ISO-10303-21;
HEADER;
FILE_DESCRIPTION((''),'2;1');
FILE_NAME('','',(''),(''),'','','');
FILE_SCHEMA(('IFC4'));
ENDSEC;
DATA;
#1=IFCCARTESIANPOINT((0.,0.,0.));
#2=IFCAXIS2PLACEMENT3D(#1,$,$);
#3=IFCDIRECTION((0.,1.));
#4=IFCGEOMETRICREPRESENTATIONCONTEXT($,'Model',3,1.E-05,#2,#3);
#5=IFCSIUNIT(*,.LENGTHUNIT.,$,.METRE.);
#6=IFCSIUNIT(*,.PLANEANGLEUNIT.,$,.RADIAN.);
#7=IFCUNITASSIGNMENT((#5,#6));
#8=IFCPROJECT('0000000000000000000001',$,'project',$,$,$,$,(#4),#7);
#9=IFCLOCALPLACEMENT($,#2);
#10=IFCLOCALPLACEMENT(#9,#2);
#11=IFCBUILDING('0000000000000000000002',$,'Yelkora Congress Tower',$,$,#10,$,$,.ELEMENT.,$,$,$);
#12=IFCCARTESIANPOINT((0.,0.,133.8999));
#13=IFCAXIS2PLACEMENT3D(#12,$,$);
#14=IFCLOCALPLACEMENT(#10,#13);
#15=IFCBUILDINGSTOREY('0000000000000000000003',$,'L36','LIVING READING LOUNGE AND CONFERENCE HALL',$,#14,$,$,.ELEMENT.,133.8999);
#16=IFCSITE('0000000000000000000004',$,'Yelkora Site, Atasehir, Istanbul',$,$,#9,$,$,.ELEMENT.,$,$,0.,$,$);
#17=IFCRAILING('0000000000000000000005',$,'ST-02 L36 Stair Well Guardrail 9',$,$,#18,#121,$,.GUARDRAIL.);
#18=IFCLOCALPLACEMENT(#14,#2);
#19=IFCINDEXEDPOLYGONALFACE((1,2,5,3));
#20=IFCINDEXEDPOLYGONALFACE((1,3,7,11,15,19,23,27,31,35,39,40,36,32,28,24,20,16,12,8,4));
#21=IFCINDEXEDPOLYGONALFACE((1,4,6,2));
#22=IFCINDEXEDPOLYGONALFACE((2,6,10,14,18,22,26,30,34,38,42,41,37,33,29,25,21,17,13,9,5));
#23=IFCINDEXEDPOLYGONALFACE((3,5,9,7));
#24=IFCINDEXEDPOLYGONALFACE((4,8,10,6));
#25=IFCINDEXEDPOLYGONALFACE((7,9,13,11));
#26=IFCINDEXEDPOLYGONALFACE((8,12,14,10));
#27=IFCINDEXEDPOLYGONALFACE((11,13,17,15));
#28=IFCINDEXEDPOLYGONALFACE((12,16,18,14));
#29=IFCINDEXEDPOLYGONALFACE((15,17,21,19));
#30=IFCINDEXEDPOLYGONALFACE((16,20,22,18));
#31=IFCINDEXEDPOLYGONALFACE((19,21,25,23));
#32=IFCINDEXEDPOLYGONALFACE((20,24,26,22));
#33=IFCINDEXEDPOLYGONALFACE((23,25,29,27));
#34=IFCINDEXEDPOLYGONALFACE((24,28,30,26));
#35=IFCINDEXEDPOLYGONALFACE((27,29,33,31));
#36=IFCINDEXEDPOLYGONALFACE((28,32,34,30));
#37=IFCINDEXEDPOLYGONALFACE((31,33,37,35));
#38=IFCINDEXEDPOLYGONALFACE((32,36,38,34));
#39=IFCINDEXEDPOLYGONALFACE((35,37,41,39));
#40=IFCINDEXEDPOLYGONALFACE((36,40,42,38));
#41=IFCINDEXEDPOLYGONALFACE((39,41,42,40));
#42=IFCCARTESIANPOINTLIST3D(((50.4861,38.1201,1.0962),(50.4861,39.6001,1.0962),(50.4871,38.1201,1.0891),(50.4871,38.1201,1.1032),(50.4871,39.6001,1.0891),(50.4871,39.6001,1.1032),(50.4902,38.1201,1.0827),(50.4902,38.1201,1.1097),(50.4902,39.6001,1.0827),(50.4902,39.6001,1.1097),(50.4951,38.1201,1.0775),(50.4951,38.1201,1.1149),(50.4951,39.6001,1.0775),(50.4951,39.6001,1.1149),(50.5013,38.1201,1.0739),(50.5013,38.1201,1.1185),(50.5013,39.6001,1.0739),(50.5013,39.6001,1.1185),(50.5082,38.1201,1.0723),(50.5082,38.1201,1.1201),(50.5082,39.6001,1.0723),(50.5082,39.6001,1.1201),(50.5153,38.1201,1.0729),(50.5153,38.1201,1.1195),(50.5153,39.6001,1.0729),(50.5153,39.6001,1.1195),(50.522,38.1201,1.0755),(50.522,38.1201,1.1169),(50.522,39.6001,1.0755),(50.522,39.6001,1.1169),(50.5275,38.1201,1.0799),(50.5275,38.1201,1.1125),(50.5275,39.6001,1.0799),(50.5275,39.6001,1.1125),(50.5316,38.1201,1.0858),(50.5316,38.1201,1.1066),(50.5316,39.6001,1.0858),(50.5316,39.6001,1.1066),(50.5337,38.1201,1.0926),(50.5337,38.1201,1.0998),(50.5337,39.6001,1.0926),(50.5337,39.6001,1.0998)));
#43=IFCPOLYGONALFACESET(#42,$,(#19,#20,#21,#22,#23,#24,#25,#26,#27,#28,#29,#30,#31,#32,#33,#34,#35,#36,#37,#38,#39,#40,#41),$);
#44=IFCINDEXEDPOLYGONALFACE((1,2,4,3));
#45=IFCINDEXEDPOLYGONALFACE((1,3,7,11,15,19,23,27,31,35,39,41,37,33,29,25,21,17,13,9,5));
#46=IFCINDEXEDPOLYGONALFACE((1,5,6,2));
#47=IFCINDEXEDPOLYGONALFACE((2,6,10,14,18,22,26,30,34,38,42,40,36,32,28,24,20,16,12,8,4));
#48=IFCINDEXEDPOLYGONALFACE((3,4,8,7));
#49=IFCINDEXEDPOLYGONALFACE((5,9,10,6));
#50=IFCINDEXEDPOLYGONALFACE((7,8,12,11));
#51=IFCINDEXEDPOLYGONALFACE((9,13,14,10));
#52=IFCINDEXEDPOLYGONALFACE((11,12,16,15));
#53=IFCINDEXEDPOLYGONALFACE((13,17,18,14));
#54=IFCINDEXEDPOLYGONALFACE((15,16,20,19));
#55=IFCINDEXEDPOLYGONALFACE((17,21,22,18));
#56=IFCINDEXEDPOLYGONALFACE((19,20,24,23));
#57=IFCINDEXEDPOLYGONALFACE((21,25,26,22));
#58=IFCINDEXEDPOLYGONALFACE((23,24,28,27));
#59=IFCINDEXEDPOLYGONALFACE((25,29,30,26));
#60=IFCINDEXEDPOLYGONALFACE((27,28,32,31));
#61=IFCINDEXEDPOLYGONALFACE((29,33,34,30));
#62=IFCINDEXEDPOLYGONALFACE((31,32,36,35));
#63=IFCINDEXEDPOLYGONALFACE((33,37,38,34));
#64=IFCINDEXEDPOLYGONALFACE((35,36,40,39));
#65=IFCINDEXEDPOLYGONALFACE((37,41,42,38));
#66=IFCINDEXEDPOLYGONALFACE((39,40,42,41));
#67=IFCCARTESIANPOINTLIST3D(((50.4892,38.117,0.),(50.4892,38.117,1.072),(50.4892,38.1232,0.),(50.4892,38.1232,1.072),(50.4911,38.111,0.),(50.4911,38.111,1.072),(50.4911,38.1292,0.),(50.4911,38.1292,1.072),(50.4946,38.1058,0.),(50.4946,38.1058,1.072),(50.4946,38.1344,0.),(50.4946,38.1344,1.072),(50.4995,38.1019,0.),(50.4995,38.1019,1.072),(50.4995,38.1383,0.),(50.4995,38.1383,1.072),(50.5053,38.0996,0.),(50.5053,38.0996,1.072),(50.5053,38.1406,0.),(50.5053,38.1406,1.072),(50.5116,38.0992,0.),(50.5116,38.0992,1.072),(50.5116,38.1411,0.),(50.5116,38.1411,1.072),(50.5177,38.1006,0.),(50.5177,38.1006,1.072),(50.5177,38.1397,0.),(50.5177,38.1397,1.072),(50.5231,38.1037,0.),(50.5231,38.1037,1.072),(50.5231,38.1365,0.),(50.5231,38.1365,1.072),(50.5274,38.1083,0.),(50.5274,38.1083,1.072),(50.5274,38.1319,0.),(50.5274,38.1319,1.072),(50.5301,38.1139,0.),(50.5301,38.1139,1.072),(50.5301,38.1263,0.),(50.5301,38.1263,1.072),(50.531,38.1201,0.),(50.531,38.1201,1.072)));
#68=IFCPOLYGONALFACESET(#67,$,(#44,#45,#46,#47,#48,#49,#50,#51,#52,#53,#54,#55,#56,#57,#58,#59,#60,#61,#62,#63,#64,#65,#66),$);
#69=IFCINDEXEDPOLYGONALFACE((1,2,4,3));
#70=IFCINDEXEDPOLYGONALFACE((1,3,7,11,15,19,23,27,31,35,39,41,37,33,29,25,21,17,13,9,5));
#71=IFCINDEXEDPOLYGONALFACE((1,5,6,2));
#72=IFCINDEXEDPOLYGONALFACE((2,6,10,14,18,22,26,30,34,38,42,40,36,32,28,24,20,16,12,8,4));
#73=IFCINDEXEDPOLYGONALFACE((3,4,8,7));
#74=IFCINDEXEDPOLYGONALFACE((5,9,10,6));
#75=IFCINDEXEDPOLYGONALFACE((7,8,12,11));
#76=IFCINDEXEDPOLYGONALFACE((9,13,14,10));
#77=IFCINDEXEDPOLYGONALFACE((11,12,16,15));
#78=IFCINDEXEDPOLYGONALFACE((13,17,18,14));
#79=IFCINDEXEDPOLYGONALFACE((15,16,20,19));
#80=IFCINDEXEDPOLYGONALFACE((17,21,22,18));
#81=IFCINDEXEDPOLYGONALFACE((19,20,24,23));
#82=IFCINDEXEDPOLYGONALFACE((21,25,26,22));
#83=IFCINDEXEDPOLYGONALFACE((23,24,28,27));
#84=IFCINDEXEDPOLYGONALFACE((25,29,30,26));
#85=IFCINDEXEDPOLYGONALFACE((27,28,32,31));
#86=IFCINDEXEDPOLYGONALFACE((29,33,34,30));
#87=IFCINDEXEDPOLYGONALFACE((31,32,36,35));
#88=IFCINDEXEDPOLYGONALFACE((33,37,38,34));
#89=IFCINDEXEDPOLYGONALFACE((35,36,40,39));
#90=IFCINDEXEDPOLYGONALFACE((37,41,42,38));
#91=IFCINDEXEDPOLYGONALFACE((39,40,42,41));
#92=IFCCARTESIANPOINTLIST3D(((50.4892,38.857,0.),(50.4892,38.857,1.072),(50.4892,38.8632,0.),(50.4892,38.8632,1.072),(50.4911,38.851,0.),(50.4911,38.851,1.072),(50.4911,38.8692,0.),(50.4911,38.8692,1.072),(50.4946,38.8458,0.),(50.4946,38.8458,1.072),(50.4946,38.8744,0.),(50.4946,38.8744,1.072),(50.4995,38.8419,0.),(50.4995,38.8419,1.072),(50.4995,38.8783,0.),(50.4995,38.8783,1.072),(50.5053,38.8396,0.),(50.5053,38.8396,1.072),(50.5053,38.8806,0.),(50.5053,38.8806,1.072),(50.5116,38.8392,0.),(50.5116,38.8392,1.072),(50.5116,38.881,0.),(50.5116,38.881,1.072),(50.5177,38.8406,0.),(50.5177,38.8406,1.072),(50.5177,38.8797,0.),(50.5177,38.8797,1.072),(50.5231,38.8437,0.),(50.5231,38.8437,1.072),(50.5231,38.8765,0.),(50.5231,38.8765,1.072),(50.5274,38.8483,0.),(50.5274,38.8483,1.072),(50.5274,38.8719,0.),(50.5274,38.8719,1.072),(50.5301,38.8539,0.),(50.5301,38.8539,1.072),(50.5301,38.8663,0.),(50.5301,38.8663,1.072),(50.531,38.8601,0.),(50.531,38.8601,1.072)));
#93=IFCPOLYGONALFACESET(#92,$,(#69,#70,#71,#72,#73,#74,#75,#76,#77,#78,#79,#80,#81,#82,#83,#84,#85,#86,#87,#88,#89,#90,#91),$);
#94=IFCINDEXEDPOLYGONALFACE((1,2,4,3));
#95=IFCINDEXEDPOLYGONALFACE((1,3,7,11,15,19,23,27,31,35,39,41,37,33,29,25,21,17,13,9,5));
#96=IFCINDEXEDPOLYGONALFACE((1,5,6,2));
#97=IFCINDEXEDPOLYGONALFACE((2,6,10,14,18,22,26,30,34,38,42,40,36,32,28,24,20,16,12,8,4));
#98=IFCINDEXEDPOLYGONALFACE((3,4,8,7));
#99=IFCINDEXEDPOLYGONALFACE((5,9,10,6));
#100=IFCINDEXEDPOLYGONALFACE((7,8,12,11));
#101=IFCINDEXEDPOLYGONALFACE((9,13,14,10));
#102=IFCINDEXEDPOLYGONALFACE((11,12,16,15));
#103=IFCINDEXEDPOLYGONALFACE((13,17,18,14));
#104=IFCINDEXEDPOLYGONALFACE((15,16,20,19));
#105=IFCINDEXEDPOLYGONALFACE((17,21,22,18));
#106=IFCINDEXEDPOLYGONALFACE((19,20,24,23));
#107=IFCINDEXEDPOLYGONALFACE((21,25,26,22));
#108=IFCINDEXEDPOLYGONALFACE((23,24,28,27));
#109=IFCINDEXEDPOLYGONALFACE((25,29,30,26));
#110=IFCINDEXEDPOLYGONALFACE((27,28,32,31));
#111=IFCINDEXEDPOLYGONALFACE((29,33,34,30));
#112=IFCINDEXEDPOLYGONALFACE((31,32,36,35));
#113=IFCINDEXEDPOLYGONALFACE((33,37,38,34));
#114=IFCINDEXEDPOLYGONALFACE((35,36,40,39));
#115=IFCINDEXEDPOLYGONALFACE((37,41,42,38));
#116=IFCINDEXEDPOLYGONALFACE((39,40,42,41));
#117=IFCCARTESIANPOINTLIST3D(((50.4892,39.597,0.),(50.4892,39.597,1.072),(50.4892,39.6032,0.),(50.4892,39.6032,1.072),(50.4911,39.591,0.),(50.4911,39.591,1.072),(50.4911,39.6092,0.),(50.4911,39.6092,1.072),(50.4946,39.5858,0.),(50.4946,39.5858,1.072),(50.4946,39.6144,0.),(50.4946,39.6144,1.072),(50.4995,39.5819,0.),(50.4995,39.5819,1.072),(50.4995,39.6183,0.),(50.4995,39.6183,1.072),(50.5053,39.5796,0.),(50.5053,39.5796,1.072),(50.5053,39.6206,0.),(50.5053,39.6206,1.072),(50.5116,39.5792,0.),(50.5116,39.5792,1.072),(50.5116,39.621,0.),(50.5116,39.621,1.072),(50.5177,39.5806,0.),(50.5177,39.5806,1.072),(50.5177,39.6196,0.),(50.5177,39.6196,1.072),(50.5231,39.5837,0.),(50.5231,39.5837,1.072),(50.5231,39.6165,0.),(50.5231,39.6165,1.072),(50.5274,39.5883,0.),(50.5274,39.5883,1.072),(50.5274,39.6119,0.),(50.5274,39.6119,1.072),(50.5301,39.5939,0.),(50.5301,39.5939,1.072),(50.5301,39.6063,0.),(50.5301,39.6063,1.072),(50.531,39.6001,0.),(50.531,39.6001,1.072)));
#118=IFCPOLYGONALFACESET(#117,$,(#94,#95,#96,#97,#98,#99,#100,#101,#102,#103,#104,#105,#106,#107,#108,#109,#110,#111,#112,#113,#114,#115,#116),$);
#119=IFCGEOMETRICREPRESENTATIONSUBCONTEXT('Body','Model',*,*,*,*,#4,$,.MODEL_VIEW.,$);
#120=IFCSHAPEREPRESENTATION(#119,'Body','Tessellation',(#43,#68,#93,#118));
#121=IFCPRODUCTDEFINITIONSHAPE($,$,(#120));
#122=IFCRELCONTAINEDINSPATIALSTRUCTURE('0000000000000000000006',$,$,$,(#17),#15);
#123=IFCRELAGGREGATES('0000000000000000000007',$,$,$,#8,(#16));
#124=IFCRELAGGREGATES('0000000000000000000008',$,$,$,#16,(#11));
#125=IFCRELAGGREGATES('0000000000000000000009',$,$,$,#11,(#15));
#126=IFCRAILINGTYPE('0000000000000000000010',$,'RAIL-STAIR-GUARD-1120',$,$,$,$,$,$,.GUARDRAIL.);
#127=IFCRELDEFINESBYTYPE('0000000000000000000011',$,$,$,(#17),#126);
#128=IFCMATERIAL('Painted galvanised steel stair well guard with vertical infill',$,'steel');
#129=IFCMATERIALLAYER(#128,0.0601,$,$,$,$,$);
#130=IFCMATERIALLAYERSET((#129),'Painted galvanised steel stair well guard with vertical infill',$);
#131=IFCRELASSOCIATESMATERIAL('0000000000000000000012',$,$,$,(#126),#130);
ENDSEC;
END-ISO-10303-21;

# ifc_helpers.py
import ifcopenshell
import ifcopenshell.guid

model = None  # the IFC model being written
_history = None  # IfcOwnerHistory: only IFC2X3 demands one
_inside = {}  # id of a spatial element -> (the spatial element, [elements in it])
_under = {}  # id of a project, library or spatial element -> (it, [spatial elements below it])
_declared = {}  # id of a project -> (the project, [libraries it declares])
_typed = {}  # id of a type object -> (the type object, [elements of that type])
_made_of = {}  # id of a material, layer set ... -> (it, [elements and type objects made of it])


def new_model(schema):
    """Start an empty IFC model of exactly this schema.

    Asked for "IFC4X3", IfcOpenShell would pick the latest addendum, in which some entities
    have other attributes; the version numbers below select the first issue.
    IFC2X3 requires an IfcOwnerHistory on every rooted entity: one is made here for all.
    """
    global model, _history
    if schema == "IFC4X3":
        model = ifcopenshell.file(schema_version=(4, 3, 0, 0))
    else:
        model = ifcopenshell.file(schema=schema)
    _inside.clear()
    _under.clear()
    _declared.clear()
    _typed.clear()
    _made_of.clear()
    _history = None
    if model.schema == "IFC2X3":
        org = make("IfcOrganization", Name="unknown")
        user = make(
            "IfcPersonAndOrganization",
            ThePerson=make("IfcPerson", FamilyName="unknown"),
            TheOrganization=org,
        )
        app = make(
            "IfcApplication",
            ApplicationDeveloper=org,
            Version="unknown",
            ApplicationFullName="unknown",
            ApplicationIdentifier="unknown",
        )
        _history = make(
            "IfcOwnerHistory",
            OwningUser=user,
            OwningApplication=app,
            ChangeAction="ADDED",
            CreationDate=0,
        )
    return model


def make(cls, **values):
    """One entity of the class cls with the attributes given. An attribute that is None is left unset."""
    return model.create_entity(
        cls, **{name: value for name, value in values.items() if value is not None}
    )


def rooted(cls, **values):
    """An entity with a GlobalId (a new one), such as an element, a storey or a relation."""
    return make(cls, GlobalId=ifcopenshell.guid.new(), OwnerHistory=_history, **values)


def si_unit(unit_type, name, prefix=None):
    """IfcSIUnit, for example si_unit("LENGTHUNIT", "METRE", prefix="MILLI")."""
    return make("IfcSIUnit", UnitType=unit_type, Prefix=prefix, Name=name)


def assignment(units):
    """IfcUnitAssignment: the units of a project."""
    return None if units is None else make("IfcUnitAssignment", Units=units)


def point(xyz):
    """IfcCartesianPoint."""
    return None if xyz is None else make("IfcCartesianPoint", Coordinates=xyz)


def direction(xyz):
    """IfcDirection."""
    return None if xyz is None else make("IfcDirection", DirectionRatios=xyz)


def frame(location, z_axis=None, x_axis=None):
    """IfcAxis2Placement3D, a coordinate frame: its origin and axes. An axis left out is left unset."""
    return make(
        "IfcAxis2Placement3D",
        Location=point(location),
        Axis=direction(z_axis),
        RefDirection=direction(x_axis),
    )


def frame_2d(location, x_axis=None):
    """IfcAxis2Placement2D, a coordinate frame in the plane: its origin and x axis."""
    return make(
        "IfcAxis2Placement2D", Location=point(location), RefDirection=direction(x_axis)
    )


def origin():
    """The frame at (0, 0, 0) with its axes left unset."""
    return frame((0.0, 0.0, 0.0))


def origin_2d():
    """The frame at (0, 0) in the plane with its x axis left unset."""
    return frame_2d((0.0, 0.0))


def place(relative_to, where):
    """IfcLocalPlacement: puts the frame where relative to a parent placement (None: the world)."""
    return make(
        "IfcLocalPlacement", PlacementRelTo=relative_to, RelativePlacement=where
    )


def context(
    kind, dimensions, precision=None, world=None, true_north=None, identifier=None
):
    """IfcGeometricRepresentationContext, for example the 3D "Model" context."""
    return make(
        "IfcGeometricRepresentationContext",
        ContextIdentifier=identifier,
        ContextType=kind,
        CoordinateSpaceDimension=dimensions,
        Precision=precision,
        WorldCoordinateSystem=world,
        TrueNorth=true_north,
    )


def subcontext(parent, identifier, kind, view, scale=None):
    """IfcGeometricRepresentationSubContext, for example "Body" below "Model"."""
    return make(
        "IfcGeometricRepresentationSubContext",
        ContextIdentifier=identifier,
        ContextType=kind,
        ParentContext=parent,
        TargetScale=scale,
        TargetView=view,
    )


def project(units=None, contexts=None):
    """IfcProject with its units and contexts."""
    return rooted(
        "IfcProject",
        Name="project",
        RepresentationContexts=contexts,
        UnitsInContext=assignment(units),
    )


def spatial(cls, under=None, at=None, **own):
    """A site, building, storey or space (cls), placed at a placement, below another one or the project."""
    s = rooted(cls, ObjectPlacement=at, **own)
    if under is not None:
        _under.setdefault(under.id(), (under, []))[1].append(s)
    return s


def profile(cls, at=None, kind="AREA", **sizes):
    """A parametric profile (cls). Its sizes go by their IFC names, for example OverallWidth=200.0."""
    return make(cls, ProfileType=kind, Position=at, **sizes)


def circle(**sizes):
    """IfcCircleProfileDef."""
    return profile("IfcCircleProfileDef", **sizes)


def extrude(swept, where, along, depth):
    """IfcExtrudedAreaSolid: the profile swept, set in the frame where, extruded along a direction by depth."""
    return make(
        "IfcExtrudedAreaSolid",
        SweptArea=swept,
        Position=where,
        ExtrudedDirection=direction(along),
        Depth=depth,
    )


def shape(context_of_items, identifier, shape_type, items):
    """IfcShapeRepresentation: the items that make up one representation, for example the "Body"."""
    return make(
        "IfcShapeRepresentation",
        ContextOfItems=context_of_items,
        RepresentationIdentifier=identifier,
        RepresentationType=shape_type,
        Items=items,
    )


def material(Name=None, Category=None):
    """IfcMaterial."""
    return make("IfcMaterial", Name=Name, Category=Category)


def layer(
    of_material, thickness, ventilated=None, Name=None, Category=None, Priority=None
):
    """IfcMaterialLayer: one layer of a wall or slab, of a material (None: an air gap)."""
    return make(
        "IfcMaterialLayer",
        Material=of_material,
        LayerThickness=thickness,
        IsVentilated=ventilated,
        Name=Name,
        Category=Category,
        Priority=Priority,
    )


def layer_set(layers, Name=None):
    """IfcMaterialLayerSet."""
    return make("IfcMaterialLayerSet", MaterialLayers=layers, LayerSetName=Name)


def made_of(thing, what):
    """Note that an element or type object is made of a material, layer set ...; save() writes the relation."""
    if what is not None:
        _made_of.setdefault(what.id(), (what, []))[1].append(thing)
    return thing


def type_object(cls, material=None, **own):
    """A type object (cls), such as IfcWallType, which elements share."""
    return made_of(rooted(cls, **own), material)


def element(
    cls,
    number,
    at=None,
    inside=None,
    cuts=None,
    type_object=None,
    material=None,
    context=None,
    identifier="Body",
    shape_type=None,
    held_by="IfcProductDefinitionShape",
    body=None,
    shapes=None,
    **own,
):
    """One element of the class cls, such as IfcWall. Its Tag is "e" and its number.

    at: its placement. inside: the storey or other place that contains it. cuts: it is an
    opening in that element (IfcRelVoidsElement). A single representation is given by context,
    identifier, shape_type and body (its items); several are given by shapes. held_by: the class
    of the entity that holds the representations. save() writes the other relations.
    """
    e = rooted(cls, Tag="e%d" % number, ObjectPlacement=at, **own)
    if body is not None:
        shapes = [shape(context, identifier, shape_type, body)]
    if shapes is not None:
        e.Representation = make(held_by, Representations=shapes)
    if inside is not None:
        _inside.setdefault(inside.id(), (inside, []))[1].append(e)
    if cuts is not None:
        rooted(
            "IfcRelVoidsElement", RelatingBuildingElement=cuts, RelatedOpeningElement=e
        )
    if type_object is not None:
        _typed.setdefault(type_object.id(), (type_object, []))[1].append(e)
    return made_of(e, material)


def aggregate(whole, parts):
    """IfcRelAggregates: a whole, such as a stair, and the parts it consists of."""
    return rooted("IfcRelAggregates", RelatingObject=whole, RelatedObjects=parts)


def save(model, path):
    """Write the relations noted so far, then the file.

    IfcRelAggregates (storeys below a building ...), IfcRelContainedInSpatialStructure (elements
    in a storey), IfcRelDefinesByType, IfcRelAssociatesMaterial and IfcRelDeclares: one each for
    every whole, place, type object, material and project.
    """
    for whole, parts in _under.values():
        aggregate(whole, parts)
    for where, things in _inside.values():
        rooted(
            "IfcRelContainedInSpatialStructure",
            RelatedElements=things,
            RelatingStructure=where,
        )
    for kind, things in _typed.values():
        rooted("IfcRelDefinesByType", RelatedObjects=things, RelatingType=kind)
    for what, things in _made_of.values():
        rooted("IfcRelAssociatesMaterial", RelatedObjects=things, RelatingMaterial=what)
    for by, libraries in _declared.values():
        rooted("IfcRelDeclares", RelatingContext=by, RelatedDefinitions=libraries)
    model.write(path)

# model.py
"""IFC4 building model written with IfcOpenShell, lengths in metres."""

from ifc_helpers import new_model, si_unit, direction, frame, origin, origin_2d, place, context, subcontext, project, spatial, circle, extrude, material, layer, layer_set, type_object, element, save


model = new_model("IFC4")

# Units and contexts
model_context = context("Model", 3, precision=1e-05, world=origin(), true_north=direction((0.0, 1.0)))
body_context = subcontext(model_context, "Body", "Model", "MODEL_VIEW")
ifc_project = project(units=[si_unit("LENGTHUNIT", "METRE"), si_unit("PLANEANGLEUNIT", "RADIAN")], contexts=[model_context])

# Site, building, storey
site_placement = place(None, origin())
site = spatial("IfcSite", under=ifc_project, at=site_placement, Name="Yelkora Site, Atasehir, Istanbul", CompositionType="ELEMENT", RefElevation=0.0)
building_placement = place(site_placement, origin())
building = spatial("IfcBuilding", under=site, at=building_placement, Name="Yelkora Congress Tower", CompositionType="ELEMENT")
storey_placement = place(building_placement, frame((0.0, 0.0, 133.8999)))
storey = spatial("IfcBuildingStorey", under=building, at=storey_placement, Name="L36", Description="LIVING READING LOUNGE AND CONFERENCE HALL", CompositionType="ELEMENT", Elevation=133.8999)

# Railing
ifc_material_1 = material(Name="Painted galvanised steel stair well guard with vertical infill", Category="steel")
ifc_layer_1 = layer(ifc_material_1, 0.0601)
ifc_layer_set_1 = layer_set([ifc_layer_1], Name="Painted galvanised steel stair well guard with vertical infill")
railing_type_1 = type_object("IfcRailingType", Name="RAIL-STAIR-GUARD-1120", PredefinedType="GUARDRAIL", material=ifc_layer_set_1)
for number, where, name in (
    (1, (50.51, 38.1201, 0.0), "ST-02 L36 Stair Well Guardrail 9"),
):
    element("IfcRailing", number, at=place(storey_placement, frame(where)), inside=storey, type_object=railing_type_1, Name=name, PredefinedType="GUARDRAIL", context=body_context, shape_type="SweptSolid", body=[
        extrude(circle(Radius=0.0239, at=origin_2d()), frame((0.0, 0.0, 1.0962), z_axis=(0.0, 1.0, 0.0), x_axis=(-1.0, 0.0, 0.0)), (0.0, 0.0, 1.0), 1.48),
        extrude(circle(Radius=0.021, at=origin_2d()), origin(), (0.0, 0.0, 1.0), 1.072),
        extrude(circle(Radius=0.021, at=origin_2d()), frame((0.0, 0.74, 0.0)), (0.0, 0.0, 1.0), 1.072),
        extrude(circle(Radius=0.021, at=origin_2d()), frame((0.0, 1.48, 0.0)), (0.0, 0.0, 1.0), 1.072),
    ])

save(model, "model.ifc")
